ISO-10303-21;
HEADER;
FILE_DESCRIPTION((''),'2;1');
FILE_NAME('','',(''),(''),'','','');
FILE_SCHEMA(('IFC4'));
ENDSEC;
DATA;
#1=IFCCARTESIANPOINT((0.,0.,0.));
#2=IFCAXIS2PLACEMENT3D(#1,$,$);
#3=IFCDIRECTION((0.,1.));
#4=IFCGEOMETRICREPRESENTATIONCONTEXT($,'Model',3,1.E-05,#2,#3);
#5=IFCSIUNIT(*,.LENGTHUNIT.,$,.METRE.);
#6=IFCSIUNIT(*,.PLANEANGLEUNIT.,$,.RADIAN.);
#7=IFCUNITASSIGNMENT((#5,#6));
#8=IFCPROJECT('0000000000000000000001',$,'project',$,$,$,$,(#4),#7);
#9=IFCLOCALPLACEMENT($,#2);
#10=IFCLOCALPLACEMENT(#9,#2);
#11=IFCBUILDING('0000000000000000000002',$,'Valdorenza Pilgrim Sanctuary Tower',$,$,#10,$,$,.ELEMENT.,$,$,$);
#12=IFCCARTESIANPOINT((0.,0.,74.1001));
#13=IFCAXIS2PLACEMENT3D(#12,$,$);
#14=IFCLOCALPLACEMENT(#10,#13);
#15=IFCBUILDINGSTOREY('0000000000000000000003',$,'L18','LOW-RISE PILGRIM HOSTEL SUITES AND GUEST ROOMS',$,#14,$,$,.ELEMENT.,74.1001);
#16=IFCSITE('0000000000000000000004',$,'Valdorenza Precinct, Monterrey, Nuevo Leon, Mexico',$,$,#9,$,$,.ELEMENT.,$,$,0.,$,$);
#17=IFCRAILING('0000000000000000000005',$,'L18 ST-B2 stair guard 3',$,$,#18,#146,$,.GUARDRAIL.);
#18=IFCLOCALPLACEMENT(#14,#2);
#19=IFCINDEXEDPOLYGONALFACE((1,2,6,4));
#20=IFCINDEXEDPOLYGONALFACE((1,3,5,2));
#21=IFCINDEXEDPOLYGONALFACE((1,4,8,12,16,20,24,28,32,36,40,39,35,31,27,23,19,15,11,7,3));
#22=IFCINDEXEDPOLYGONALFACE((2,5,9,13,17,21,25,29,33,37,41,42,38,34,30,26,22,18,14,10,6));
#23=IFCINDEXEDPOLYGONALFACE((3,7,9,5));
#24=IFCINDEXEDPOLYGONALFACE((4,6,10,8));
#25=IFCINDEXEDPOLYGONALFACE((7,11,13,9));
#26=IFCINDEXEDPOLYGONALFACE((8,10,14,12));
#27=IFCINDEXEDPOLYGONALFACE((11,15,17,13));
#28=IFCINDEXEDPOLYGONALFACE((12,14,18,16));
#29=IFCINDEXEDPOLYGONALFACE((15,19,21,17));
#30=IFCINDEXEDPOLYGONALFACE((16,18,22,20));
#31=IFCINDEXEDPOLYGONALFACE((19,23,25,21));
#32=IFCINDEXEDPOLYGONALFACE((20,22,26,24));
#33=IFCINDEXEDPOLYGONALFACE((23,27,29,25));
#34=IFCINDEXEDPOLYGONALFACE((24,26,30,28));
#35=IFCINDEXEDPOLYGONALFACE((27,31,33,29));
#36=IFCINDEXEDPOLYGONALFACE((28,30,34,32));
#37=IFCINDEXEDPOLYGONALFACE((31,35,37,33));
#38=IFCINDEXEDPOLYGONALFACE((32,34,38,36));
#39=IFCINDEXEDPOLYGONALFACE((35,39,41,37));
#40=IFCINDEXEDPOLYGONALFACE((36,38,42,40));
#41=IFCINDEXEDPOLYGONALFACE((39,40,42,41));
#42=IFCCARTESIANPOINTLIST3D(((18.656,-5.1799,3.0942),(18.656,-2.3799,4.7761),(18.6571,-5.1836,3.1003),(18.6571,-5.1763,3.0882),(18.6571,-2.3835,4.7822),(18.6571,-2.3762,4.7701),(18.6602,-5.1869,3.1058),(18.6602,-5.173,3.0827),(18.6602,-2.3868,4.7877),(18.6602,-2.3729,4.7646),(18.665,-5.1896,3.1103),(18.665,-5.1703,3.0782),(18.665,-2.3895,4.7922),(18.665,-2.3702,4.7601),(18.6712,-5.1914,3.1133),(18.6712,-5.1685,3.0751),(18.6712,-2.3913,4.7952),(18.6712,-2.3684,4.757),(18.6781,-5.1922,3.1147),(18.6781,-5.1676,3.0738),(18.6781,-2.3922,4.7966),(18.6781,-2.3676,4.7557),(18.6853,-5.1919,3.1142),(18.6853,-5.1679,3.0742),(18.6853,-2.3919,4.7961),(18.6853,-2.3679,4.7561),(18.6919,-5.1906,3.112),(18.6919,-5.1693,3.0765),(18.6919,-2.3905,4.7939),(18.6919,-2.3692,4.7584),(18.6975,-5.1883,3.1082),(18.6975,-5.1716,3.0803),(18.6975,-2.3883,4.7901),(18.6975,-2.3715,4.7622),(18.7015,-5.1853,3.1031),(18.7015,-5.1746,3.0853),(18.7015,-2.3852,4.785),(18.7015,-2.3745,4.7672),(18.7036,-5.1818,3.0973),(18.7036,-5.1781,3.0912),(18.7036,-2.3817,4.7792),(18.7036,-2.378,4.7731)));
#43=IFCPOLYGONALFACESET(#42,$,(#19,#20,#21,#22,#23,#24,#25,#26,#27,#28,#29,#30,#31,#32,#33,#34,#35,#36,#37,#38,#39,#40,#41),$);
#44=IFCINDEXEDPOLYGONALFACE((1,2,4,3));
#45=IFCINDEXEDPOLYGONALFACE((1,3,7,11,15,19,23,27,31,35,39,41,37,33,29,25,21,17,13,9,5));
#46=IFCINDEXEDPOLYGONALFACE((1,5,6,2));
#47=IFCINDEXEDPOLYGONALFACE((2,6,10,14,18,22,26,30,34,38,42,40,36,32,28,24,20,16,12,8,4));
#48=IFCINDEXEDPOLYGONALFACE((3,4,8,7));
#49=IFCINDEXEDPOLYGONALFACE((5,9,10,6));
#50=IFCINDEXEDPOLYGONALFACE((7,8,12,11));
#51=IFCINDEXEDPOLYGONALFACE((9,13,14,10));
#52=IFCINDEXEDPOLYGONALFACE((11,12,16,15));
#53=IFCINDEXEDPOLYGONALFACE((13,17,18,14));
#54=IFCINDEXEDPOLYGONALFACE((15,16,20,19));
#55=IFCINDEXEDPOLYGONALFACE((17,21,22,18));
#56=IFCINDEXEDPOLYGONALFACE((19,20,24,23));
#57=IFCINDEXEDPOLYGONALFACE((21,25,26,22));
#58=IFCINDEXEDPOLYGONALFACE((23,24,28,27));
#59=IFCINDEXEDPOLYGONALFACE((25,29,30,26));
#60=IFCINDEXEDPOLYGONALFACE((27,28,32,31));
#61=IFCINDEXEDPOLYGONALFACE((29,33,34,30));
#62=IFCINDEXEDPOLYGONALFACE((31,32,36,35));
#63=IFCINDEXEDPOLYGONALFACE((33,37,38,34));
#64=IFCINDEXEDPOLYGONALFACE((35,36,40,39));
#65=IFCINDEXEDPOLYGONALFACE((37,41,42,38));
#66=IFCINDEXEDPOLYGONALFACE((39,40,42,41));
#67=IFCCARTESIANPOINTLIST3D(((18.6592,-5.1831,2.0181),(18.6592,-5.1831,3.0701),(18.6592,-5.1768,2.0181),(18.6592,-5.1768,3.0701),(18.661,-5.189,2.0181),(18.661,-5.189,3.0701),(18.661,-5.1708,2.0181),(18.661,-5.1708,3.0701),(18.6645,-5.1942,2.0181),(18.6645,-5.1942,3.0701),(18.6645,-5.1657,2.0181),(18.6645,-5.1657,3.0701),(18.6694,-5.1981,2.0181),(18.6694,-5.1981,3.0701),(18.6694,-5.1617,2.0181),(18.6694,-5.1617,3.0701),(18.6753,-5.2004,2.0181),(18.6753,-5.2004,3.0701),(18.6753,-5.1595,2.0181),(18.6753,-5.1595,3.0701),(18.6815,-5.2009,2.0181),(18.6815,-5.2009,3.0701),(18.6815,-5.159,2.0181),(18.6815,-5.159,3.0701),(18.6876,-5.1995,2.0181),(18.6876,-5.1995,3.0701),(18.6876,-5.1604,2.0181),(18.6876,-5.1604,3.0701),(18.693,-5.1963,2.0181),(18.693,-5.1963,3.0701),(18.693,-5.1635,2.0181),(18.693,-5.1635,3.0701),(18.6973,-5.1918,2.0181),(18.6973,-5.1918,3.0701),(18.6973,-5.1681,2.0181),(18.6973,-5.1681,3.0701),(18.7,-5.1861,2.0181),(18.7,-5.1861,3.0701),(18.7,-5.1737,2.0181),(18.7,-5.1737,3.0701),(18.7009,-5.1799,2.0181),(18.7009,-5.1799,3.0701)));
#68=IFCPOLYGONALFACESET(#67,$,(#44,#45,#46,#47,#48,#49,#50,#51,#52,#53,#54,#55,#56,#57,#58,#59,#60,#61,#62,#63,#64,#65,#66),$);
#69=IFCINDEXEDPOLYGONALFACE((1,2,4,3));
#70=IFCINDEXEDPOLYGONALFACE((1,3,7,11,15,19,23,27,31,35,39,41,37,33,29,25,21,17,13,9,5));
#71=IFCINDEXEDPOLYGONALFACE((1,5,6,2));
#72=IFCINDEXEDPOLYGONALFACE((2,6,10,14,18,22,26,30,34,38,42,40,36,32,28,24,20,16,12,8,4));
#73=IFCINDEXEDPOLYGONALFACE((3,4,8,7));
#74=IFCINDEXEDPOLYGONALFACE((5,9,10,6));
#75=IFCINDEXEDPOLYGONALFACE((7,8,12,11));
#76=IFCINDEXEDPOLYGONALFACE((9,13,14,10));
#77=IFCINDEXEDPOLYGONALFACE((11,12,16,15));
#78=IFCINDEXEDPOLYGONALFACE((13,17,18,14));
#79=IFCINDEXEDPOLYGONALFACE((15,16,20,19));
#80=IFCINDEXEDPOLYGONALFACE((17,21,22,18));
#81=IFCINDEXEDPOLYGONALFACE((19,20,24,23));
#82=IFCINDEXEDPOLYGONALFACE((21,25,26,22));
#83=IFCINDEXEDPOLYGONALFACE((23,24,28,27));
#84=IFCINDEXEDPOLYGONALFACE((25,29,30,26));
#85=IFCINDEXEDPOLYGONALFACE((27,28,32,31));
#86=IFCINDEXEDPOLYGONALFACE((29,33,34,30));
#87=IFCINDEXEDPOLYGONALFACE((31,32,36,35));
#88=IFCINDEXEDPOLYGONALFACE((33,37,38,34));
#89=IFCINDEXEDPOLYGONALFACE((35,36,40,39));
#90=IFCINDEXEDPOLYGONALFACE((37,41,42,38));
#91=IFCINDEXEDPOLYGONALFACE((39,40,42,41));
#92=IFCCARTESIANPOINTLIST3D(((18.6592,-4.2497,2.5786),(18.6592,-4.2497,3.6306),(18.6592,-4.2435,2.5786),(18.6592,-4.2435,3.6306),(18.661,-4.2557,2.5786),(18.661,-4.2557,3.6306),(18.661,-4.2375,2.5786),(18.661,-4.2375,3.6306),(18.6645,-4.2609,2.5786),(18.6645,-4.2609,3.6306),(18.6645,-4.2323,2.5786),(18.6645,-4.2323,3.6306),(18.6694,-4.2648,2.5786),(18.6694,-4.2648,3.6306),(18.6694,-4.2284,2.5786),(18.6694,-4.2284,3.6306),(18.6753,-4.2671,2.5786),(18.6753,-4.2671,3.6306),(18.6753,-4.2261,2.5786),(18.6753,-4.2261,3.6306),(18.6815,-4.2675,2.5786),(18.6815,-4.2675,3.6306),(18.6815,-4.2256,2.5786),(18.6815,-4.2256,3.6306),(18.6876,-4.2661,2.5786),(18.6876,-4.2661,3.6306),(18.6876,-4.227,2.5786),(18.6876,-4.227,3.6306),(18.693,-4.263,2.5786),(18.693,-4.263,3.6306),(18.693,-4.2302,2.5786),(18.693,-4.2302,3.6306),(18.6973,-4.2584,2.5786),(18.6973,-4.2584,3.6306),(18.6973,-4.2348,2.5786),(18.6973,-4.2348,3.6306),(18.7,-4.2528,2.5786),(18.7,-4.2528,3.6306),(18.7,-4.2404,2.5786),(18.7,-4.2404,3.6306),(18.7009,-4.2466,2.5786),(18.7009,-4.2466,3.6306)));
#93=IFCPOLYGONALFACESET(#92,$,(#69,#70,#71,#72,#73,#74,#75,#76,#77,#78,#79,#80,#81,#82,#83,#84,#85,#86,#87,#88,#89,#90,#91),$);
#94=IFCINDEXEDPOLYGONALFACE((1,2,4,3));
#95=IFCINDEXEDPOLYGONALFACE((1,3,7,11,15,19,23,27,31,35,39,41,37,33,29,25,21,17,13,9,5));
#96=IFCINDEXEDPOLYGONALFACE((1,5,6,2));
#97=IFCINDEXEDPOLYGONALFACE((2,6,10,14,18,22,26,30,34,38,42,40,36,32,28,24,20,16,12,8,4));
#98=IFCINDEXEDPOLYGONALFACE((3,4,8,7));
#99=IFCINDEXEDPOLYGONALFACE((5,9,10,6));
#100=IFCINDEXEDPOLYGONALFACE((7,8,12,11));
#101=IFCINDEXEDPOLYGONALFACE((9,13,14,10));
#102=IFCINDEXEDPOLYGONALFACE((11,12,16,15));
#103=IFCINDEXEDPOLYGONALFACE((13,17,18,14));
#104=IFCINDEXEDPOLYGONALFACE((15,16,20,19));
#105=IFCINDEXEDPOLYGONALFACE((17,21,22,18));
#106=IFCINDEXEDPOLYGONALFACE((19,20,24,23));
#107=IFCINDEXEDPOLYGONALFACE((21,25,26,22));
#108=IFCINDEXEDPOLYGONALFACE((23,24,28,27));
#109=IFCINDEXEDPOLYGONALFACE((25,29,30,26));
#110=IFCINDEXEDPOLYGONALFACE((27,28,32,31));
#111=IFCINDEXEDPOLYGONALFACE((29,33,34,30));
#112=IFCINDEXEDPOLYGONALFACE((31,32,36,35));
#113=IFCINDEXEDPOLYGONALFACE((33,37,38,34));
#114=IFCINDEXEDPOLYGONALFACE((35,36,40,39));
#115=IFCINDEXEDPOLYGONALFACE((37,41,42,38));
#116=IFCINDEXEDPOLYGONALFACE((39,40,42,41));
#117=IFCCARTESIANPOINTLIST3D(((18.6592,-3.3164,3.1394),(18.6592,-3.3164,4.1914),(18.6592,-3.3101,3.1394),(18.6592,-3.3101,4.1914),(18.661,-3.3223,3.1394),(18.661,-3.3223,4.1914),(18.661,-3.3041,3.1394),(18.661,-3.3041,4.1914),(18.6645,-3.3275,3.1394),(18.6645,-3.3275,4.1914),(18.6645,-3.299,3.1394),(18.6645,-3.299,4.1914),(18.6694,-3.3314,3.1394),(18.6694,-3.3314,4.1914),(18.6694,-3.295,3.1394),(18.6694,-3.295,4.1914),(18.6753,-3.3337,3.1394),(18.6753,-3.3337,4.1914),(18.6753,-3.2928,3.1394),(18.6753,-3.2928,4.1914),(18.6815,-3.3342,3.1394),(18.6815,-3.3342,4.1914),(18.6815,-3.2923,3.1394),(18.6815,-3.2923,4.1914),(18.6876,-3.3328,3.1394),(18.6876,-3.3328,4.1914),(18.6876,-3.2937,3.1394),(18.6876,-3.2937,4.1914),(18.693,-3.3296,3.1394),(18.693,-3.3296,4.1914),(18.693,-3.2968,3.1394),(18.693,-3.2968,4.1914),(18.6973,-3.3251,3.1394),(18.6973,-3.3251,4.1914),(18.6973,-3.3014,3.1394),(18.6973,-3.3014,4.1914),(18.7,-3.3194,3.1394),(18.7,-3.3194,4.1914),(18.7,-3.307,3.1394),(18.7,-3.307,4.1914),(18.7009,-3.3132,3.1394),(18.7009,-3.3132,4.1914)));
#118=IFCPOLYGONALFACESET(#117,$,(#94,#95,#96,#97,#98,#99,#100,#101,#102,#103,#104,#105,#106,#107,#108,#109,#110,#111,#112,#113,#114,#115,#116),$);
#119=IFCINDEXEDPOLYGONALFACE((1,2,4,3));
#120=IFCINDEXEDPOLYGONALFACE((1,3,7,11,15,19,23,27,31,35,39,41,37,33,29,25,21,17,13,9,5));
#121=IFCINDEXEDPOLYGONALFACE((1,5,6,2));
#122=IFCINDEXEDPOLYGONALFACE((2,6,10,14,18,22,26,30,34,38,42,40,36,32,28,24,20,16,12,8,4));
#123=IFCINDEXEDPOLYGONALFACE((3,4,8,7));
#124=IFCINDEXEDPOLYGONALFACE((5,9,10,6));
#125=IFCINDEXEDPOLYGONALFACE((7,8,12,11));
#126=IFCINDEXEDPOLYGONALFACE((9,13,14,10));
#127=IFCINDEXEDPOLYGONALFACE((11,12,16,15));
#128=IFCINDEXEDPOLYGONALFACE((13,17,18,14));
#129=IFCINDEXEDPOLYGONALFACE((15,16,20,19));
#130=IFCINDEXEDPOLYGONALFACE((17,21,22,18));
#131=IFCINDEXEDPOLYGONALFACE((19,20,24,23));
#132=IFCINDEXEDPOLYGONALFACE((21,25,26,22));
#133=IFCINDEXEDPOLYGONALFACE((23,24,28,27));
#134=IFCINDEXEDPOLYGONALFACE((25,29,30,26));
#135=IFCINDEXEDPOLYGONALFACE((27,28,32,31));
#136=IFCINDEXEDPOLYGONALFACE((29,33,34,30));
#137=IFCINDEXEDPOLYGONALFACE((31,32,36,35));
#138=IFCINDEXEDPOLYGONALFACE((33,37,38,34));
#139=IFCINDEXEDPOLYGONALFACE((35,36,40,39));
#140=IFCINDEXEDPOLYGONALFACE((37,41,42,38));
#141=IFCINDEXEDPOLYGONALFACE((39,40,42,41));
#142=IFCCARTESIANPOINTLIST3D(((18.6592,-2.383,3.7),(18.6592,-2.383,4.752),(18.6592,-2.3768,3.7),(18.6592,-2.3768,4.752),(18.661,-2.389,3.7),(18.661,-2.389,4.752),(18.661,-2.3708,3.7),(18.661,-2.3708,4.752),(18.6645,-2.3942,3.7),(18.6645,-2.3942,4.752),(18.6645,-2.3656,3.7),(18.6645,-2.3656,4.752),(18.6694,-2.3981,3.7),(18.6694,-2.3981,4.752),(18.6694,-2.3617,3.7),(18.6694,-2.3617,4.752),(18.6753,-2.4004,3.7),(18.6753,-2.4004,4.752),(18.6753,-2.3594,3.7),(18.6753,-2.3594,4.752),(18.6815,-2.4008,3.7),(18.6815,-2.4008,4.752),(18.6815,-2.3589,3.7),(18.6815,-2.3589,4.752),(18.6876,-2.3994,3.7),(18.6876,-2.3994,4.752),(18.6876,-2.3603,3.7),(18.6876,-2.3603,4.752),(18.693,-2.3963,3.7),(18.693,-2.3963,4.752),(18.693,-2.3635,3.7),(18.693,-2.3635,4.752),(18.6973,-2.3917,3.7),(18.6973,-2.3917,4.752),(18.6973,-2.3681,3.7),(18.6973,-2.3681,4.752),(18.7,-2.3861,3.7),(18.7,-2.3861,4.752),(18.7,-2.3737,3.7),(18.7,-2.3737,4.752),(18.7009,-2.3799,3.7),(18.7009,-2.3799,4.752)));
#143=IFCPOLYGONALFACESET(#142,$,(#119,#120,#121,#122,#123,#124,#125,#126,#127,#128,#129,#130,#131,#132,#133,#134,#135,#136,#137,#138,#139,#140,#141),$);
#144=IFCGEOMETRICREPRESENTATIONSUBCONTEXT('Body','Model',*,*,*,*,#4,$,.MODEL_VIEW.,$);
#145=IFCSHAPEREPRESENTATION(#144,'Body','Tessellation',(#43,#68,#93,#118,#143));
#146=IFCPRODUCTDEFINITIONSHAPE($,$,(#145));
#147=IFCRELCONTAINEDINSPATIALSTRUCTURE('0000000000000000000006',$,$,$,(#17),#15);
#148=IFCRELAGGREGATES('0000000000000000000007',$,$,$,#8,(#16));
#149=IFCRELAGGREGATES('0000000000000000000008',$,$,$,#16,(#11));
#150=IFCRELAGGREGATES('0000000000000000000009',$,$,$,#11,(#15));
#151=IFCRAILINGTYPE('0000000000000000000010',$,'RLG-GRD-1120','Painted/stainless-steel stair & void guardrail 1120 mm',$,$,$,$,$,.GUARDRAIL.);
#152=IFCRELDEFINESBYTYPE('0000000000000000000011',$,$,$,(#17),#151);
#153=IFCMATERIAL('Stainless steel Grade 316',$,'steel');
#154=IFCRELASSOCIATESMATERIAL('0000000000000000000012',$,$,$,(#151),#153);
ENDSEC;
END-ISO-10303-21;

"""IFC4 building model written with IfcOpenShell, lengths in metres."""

from ifc_helpers import new_model, si_unit, direction, frame, origin, origin_2d, place, context, subcontext, project, spatial, circle, extrude, material, type_object, element, save


model = new_model("IFC4")

# Units and contexts
model_context = context("Model", 3, precision=1e-05, world=origin(), true_north=direction((0.0, 1.0)))
body_context = subcontext(model_context, "Body", "Model", "MODEL_VIEW")
ifc_project = project(units=[si_unit("LENGTHUNIT", "METRE"), si_unit("PLANEANGLEUNIT", "RADIAN")], contexts=[model_context])

# Site, building, storey
site_placement = place(None, origin())
site = spatial("IfcSite", under=ifc_project, at=site_placement, Name="Valdorenza Precinct, Monterrey, Nuevo Leon, Mexico", CompositionType="ELEMENT", RefElevation=0.0)
building_placement = place(site_placement, origin())
building = spatial("IfcBuilding", under=site, at=building_placement, Name="Valdorenza Pilgrim Sanctuary Tower", CompositionType="ELEMENT")
storey_placement = place(building_placement, frame((0.0, 0.0, 74.1001)))
storey = spatial("IfcBuildingStorey", under=building, at=storey_placement, Name="L18", Description="LOW-RISE PILGRIM HOSTEL SUITES AND GUEST ROOMS", CompositionType="ELEMENT", Elevation=74.1001)

# Railing
ifc_material_1 = material(Name="Stainless steel Grade 316", Category="steel")
railing_type_1 = type_object("IfcRailingType", Name="RLG-GRD-1120", Description="Painted/stainless-steel stair & void guardrail 1120 mm", PredefinedType="GUARDRAIL", material=ifc_material_1)
railing_1_placement = place(storey_placement, frame((18.6799, -5.1799, 2.0181)))
element("IfcRailing", 1, at=railing_1_placement, inside=storey, type_object=railing_type_1, Name="L18 ST-B2 stair guard 3", PredefinedType="GUARDRAIL", context=body_context, shape_type="SweptSolid", body=[
    extrude(circle(Radius=0.0239, at=origin_2d()), frame((0.0, 0.0, 1.0762), z_axis=(0.0, 0.857242, 0.514913), x_axis=(-1.0, 0.0, 0.0)), (0.0, 0.0, 1.0), 3.2664),
    extrude(circle(Radius=0.021, at=origin_2d()), origin(), (0.0, 0.0, 1.0), 1.052),
    extrude(circle(Radius=0.021, at=origin_2d()), frame((0.0, 0.9333, 0.5605)), (0.0, 0.0, 1.0), 1.052),
    extrude(circle(Radius=0.021, at=origin_2d()), frame((0.0, 1.8667, 1.1213)), (0.0, 0.0, 1.0), 1.052),
    extrude(circle(Radius=0.021, at=origin_2d()), frame((0.0, 2.8, 1.6819)), (0.0, 0.0, 1.0), 1.052),
])

save(model, "model.ifc")
